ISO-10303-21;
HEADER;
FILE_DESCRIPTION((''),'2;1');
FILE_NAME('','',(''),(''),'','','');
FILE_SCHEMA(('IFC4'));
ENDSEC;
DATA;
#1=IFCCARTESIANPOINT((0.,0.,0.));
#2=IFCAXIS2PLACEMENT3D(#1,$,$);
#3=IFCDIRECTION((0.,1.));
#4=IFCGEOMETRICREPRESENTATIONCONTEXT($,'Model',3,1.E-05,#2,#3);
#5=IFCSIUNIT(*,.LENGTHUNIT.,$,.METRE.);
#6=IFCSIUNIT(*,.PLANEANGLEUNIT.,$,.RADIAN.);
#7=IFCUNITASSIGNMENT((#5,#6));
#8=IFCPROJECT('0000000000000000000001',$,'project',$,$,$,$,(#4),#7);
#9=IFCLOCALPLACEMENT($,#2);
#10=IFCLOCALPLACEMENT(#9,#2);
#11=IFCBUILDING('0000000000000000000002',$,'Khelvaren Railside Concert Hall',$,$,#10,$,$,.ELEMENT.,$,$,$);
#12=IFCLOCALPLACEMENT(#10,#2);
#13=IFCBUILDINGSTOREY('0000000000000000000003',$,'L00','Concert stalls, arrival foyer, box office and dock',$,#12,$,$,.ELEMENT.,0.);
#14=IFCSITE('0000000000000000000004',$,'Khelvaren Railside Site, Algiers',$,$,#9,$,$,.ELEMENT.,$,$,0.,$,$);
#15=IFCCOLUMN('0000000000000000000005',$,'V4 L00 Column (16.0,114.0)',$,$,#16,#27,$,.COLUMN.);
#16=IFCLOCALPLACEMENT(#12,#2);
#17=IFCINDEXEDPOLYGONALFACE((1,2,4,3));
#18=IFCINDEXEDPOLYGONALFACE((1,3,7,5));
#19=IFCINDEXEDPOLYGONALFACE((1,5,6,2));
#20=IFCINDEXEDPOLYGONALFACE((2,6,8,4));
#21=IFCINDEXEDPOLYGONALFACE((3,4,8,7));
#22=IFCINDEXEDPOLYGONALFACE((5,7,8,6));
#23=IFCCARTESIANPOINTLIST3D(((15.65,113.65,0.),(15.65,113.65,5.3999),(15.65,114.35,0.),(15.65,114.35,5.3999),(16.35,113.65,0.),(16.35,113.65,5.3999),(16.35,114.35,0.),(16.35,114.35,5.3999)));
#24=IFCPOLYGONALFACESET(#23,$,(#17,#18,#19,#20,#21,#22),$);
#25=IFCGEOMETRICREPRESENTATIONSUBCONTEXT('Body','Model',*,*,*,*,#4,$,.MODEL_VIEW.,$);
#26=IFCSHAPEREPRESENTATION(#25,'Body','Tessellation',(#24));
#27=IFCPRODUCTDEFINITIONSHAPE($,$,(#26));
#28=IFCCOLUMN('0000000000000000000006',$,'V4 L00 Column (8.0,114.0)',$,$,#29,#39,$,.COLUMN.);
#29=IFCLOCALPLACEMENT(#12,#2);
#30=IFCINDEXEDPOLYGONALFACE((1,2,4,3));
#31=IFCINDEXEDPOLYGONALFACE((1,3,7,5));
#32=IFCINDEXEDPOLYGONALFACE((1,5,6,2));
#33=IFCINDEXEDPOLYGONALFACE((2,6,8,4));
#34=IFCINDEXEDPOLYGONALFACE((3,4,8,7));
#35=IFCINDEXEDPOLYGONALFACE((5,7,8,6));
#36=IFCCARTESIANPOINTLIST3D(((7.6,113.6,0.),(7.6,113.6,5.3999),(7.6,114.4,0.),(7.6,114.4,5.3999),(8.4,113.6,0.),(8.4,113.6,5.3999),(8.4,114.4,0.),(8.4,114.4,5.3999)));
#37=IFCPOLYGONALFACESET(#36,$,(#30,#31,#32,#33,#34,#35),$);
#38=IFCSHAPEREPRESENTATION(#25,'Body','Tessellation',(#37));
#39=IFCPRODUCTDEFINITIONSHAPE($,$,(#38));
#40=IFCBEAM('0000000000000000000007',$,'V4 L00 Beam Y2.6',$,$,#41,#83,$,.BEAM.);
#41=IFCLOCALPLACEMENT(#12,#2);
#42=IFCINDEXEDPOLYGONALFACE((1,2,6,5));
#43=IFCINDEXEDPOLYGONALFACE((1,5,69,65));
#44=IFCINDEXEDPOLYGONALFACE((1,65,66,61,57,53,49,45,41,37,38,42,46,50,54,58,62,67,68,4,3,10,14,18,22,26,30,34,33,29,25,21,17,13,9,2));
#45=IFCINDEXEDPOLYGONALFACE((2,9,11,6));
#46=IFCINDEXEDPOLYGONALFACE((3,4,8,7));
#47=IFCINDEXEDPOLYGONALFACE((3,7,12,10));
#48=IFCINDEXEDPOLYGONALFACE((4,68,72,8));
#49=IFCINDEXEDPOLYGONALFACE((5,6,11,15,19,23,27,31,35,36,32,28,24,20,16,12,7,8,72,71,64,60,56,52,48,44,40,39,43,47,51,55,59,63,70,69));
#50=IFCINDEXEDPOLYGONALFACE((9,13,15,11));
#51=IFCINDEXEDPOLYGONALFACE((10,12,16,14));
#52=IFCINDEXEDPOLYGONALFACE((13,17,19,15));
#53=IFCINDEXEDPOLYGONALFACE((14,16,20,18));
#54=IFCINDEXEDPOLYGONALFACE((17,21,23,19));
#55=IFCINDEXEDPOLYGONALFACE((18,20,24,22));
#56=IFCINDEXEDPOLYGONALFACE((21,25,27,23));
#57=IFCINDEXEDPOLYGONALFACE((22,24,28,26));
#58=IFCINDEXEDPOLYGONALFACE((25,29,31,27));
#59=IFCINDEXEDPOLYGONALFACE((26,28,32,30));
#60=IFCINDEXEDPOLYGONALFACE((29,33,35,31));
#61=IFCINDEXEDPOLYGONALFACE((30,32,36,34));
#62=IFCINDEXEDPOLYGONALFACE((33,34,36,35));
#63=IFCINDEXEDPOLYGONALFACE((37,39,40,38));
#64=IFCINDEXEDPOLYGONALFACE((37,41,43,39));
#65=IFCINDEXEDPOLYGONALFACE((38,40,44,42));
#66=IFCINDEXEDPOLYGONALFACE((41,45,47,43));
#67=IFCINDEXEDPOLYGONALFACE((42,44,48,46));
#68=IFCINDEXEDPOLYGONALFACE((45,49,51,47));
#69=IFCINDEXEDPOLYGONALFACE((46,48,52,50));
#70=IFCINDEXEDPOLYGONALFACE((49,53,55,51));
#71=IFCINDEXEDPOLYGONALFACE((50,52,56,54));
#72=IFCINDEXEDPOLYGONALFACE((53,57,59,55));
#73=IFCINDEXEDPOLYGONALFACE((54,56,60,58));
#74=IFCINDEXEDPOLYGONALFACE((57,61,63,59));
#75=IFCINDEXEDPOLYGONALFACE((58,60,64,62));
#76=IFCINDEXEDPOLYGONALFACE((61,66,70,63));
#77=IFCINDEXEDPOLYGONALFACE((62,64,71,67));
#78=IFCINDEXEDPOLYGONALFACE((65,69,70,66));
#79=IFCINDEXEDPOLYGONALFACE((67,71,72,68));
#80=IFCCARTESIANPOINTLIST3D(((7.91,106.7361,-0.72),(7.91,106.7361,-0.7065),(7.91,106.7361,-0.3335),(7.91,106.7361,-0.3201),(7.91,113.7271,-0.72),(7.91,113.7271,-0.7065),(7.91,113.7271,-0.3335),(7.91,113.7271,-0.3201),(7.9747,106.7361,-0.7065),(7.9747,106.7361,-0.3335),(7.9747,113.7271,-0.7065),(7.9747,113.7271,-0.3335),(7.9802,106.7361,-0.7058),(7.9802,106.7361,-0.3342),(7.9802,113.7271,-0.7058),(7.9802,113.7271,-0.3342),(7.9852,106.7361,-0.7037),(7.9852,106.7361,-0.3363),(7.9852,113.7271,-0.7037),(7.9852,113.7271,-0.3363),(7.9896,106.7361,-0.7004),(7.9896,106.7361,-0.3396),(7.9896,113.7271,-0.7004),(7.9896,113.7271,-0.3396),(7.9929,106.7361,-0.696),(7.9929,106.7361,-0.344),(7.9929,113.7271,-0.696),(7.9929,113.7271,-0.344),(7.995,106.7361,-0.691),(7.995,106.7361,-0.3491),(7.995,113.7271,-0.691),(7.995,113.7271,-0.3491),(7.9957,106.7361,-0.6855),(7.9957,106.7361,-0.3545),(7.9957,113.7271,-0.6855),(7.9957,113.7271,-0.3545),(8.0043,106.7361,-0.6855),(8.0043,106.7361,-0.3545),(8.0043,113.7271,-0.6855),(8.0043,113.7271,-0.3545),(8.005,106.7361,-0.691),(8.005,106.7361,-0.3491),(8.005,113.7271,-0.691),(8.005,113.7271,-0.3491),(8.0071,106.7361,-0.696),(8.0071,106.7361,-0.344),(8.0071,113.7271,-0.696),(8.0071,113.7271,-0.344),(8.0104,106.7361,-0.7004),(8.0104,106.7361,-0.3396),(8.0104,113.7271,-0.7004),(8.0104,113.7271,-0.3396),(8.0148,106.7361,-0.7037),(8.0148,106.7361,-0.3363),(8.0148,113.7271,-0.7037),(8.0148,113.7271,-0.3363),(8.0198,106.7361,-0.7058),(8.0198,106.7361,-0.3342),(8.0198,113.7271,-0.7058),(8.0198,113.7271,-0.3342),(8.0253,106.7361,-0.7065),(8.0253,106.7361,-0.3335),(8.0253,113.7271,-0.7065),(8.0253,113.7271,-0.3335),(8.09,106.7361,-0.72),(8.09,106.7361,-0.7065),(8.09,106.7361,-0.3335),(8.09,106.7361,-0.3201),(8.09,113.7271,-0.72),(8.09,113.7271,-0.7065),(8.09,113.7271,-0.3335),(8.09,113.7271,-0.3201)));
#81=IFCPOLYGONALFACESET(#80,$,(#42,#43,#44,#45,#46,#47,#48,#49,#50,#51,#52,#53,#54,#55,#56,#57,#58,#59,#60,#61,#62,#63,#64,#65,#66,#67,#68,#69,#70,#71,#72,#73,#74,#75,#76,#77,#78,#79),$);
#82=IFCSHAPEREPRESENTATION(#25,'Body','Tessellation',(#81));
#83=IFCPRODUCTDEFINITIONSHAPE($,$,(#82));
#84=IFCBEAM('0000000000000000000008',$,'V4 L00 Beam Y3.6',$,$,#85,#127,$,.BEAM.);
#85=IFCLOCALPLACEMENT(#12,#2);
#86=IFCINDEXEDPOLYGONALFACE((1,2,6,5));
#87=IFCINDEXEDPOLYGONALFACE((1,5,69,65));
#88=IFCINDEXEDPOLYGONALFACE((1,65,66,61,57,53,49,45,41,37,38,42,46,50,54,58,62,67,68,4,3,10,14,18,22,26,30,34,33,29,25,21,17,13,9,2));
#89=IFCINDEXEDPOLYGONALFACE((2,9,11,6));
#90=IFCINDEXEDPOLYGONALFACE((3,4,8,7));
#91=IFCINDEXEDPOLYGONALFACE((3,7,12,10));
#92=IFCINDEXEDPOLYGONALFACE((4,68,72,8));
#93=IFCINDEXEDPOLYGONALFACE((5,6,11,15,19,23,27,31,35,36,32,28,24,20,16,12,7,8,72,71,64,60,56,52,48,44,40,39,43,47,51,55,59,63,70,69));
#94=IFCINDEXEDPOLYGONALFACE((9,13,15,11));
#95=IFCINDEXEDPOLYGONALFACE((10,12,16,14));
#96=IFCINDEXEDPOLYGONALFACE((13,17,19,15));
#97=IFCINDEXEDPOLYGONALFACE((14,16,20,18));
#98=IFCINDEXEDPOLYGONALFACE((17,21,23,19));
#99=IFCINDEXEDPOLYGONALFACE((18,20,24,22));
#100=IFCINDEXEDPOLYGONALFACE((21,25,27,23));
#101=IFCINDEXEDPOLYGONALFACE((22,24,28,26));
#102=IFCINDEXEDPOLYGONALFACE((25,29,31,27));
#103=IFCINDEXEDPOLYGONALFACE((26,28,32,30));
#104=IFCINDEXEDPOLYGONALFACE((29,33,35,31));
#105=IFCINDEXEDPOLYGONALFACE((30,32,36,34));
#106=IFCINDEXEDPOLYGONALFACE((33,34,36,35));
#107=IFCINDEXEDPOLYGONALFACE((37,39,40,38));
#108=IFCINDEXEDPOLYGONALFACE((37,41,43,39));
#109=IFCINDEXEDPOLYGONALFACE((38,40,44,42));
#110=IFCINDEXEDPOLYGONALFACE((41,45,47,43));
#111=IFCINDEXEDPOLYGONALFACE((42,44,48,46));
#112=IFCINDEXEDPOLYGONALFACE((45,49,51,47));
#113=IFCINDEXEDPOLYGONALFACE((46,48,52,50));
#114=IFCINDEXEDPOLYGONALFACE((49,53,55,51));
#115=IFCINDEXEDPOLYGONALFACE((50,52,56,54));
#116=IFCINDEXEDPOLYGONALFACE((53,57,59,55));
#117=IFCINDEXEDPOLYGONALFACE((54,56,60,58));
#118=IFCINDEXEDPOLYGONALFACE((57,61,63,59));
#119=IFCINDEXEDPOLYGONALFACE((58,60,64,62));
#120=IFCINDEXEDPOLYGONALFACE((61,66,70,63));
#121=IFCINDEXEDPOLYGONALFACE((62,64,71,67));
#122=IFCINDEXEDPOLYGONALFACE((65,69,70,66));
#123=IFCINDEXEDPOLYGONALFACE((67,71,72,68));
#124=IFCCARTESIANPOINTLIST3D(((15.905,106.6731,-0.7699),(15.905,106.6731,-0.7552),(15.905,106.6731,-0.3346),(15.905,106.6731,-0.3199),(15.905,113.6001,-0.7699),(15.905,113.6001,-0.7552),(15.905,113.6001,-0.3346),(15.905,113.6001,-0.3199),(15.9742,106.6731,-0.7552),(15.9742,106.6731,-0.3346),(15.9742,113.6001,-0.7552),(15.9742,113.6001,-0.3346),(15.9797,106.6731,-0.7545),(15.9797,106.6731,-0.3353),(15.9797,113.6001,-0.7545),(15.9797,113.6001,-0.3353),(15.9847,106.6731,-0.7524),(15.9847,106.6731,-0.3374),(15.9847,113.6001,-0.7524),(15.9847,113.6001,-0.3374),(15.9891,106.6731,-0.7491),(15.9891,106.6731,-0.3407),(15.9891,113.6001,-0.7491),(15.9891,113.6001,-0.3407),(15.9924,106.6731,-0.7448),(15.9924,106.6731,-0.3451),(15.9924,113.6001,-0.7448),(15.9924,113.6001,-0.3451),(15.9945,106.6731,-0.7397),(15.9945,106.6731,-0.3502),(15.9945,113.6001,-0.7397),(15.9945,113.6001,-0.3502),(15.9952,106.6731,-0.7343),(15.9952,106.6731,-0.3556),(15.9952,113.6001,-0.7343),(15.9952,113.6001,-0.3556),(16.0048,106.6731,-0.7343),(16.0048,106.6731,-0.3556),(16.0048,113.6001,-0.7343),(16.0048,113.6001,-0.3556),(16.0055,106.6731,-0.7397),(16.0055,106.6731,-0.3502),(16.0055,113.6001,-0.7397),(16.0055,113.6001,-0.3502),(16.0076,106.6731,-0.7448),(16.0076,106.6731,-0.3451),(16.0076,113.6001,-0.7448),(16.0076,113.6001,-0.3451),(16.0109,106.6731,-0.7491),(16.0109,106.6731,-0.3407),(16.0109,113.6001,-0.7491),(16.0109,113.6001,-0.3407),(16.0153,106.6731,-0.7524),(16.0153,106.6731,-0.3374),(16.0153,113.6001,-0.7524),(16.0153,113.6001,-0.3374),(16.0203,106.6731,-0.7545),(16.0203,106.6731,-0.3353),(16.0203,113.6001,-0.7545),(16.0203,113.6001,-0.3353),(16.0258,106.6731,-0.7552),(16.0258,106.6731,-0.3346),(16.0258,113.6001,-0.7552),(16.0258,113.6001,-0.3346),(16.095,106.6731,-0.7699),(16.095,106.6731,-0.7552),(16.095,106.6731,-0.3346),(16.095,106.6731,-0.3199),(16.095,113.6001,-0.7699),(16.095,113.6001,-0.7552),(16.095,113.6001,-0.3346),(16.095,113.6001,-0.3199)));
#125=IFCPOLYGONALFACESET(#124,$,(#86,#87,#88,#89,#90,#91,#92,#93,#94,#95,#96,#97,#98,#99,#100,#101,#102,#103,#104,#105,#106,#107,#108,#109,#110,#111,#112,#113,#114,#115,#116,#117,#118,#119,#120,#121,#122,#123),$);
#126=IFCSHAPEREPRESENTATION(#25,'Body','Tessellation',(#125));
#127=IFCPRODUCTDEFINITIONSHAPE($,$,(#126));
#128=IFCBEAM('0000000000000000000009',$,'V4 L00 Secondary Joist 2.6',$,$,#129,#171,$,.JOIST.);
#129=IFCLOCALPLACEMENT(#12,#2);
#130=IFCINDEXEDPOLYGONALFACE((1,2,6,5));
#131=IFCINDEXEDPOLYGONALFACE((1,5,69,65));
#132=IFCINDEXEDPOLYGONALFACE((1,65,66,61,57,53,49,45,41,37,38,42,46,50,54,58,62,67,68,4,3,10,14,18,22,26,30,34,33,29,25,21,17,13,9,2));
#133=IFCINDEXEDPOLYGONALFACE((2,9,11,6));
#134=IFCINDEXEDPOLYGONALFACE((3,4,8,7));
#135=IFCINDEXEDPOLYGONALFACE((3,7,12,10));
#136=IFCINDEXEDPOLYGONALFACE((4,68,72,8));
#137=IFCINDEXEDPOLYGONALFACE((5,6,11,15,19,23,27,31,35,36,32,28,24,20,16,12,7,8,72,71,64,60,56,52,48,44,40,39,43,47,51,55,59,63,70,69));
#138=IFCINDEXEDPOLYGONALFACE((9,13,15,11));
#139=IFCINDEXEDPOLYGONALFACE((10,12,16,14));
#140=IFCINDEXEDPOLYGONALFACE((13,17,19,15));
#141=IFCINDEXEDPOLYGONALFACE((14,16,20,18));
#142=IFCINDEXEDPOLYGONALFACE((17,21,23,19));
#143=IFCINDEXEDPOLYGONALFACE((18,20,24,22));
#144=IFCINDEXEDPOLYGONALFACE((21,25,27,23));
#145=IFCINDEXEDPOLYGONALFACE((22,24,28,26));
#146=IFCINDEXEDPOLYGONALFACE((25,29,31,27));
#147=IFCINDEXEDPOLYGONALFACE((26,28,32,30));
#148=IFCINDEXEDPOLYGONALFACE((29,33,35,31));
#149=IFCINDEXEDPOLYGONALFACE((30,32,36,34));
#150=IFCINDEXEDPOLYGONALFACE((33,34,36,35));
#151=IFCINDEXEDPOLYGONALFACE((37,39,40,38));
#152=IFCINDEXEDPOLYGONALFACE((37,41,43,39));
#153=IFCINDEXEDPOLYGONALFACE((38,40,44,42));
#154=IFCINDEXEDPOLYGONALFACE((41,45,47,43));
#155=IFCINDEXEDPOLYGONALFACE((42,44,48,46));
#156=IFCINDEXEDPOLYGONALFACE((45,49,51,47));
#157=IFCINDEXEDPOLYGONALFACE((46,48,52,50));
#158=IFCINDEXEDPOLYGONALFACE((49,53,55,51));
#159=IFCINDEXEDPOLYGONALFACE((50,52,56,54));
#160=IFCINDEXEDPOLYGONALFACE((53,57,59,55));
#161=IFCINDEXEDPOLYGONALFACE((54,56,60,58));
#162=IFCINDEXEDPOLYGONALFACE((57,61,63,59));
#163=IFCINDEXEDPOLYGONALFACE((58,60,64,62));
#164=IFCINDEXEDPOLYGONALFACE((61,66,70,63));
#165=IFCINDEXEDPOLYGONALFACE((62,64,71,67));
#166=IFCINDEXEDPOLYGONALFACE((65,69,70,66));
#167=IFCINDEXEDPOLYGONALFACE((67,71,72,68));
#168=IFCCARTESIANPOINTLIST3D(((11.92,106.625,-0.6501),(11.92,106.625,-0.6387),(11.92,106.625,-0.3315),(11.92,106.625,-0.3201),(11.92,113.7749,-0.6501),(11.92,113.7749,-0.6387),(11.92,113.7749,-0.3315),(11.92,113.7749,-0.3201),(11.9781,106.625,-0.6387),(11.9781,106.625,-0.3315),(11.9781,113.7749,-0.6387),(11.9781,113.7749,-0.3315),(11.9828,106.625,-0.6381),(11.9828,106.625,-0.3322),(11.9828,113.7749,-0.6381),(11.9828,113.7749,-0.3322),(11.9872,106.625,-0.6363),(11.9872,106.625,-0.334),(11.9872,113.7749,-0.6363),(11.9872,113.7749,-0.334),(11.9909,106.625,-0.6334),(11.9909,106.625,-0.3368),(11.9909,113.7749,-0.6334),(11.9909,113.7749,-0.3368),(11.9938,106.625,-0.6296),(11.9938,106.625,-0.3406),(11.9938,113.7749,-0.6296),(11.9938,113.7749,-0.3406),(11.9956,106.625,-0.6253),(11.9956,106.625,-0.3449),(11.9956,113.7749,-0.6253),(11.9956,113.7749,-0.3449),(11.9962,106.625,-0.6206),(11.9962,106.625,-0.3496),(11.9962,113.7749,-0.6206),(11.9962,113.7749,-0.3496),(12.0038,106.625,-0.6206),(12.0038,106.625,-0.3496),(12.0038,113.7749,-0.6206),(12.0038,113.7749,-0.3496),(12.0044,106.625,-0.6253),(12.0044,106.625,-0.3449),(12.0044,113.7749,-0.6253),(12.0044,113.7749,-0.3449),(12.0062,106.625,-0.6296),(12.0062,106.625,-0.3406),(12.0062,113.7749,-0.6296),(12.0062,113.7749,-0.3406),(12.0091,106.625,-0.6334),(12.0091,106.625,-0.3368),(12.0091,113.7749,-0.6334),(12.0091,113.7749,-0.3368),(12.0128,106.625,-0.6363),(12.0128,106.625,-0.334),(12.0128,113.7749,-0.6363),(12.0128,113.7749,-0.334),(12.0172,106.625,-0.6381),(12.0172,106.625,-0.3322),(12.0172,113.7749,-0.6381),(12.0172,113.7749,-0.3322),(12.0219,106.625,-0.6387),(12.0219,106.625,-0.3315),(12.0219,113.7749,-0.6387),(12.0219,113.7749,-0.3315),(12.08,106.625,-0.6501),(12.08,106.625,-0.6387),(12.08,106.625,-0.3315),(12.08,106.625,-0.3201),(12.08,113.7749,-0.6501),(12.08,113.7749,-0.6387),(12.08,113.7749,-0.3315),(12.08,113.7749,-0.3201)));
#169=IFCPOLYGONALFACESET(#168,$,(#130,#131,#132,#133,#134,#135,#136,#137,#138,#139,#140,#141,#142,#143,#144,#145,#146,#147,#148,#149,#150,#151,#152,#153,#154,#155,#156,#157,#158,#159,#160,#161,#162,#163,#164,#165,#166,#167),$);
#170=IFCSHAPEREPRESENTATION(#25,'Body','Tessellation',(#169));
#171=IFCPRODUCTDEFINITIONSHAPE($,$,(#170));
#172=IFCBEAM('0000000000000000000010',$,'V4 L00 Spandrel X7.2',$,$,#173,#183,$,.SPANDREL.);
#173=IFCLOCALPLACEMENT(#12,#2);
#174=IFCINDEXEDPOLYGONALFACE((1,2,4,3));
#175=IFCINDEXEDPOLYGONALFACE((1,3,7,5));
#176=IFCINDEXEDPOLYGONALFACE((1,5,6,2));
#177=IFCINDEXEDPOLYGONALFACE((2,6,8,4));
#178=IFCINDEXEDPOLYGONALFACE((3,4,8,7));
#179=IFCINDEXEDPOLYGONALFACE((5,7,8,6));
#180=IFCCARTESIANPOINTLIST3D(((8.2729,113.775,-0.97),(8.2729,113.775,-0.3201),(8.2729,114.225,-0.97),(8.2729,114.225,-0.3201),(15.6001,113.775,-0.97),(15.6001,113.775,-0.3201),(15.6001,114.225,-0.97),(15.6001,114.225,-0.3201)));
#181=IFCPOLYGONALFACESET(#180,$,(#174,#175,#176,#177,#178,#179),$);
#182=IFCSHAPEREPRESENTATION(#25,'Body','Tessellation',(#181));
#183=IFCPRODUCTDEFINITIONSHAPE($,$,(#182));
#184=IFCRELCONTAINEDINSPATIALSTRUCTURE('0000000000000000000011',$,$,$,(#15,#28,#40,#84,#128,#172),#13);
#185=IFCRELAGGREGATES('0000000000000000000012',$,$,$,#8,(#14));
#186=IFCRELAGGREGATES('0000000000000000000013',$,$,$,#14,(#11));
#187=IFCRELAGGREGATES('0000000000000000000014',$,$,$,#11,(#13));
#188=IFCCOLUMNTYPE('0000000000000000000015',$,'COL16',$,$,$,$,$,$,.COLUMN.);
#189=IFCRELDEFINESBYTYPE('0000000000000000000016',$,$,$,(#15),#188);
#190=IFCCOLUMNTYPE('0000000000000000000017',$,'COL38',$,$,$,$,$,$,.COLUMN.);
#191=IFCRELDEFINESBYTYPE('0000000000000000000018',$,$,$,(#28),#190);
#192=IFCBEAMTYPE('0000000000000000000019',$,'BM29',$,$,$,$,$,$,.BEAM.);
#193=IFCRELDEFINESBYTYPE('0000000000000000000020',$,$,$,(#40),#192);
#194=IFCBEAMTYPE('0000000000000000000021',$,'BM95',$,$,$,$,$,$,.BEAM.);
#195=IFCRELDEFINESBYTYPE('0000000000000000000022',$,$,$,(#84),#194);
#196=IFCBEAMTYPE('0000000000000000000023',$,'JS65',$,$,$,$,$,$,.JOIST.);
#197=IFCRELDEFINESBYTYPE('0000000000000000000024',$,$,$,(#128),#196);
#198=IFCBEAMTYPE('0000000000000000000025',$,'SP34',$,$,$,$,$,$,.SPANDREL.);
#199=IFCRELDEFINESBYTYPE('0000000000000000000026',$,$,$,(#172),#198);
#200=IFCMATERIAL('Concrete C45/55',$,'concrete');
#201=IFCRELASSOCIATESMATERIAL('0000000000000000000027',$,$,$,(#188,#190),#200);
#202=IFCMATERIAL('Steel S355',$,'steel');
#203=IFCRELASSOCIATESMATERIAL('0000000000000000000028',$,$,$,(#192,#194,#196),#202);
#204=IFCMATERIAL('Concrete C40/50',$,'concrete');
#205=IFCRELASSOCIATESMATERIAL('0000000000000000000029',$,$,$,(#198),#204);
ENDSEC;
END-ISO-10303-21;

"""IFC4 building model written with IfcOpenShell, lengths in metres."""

from ifc_helpers import new_model, si_unit, direction, frame, origin, origin_2d, place, context, subcontext, project, spatial, rectangle, i_section, extrude, material, material_profile, profile_set, type_object, element, save


model = new_model("IFC4")

# Units and contexts
model_context = context("Model", 3, precision=1e-05, world=origin(), true_north=direction((0.0, 1.0)))
body_context = subcontext(model_context, "Body", "Model", "MODEL_VIEW")
ifc_project = project(units=[si_unit("LENGTHUNIT", "METRE"), si_unit("PLANEANGLEUNIT", "RADIAN")], contexts=[model_context])

# Site, building, storey
site_placement = place(None, origin())
site = spatial("IfcSite", under=ifc_project, at=site_placement, Name="Khelvaren Railside Site, Algiers", CompositionType="ELEMENT", RefElevation=0.0)
building_placement = place(site_placement, origin())
building = spatial("IfcBuilding", under=site, at=building_placement, Name="Khelvaren Railside Concert Hall", CompositionType="ELEMENT")
storey_placement = place(building_placement, origin())
storey = spatial("IfcBuildingStorey", under=building, at=storey_placement, Name="L00", Description="Concert stalls, arrival foyer, box office and dock", CompositionType="ELEMENT", Elevation=0.0)

# Columns
ifc_material_1 = material(Name="Concrete C45/55", Category="concrete")
ifc_material_profile_1 = material_profile(ifc_material_1, rectangle(XDim=0.7, YDim=0.7, at=origin_2d()), Name="RC 700x700")
ifc_profile_set_1 = profile_set([ifc_material_profile_1], Name="Concrete C45/55")
column_type_1 = type_object("IfcColumnType", Name="COL16", PredefinedType="COLUMN", material=ifc_profile_set_1)
column_1_placement = place(storey_placement, frame((16.0, 114.0, 0.0), z_axis=(0.0, 0.0, 1.0), x_axis=(1.0, 0.0, 0.0)))
element("IfcColumn", 1, at=column_1_placement, inside=storey, type_object=column_type_1, Name="V4 L00 Column (16.0,114.0)", PredefinedType="COLUMN", context=body_context, shape_type="SweptSolid", body=[
    extrude(rectangle(XDim=0.7, YDim=0.7, at=origin_2d()), origin(), (0.0, 0.0, 1.0), 5.3999),
])
ifc_material_profile_2 = material_profile(ifc_material_1, rectangle(XDim=0.8, YDim=0.8, at=origin_2d()), Name="RC 800x800")
ifc_profile_set_2 = profile_set([ifc_material_profile_2], Name="Concrete C45/55")
column_type_2 = type_object("IfcColumnType", Name="COL38", PredefinedType="COLUMN", material=ifc_profile_set_2)
column_2_placement = place(storey_placement, frame((8.0, 114.0, 0.0), z_axis=(0.0, 0.0, 1.0), x_axis=(1.0, 0.0, 0.0)))
element("IfcColumn", 2, at=column_2_placement, inside=storey, type_object=column_type_2, Name="V4 L00 Column (8.0,114.0)", PredefinedType="COLUMN", context=body_context, shape_type="SweptSolid", body=[
    extrude(rectangle(XDim=0.8, YDim=0.8, at=origin_2d()), origin(), (0.0, 0.0, 1.0), 5.3999),
])

# Beams
ifc_material_2 = material(Name="Steel S355", Category="steel")
ifc_material_profile_3 = material_profile(ifc_material_2, i_section(OverallWidth=0.1799, OverallDepth=0.3999, WebThickness=0.0085, FlangeThickness=0.0134, FilletRadius=0.021, at=origin_2d()), Name="IPE 400")
ifc_profile_set_3 = profile_set([ifc_material_profile_3], Name="Steel S355")
beam_type_1 = type_object("IfcBeamType", Name="BM29", PredefinedType="BEAM", material=ifc_profile_set_3)
beam_1_placement = place(storey_placement, frame((8.0, 106.7361, -0.52), z_axis=(0.0, 1.0, 0.0), x_axis=(-1.0, 0.0, 0.0)))
element("IfcBeam", 3, at=beam_1_placement, inside=storey, type_object=beam_type_1, Name="V4 L00 Beam Y2.6", PredefinedType="BEAM", context=body_context, shape_type="SweptSolid", body=[
    extrude(i_section(OverallWidth=0.1799, OverallDepth=0.3999, WebThickness=0.0085, FlangeThickness=0.0134, FilletRadius=0.021, at=origin_2d()), origin(), (0.0, 0.0, 1.0), 6.991),
])
ifc_material_profile_4 = material_profile(ifc_material_2, i_section(OverallWidth=0.1899, OverallDepth=0.45, WebThickness=0.0095, FlangeThickness=0.0146, FilletRadius=0.021, at=origin_2d()), Name="IPE 450")
ifc_profile_set_4 = profile_set([ifc_material_profile_4], Name="Steel S355")
beam_type_2 = type_object("IfcBeamType", Name="BM95", PredefinedType="BEAM", material=ifc_profile_set_4)
beam_2_placement = place(storey_placement, frame((16.0, 106.6731, -0.5449), z_axis=(0.0, 1.0, 0.0), x_axis=(-1.0, 0.0, 0.0)))
element("IfcBeam", 4, at=beam_2_placement, inside=storey, type_object=beam_type_2, Name="V4 L00 Beam Y3.6", PredefinedType="BEAM", context=body_context, shape_type="SweptSolid", body=[
    extrude(i_section(OverallWidth=0.1899, OverallDepth=0.45, WebThickness=0.0095, FlangeThickness=0.0146, FilletRadius=0.021, at=origin_2d()), origin(), (0.0, 0.0, 1.0), 6.927),
])
ifc_material_profile_5 = material_profile(ifc_material_2, i_section(OverallWidth=0.1599, OverallDepth=0.3301, WebThickness=0.0076, FlangeThickness=0.0115, FilletRadius=0.0181, at=origin_2d()), Name="IPE 330")
ifc_profile_set_5 = profile_set([ifc_material_profile_5], Name="Steel S355")
beam_type_3 = type_object("IfcBeamType", Name="JS65", PredefinedType="JOIST", material=ifc_profile_set_5)
beam_3_placement = place(storey_placement, frame((12.0, 106.625, -0.4851), z_axis=(0.0, 1.0, 0.0), x_axis=(-1.0, 0.0, 0.0)))
element("IfcBeam", 5, at=beam_3_placement, inside=storey, type_object=beam_type_3, Name="V4 L00 Secondary Joist 2.6", PredefinedType="JOIST", context=body_context, shape_type="SweptSolid", body=[
    extrude(i_section(OverallWidth=0.1599, OverallDepth=0.3301, WebThickness=0.0076, FlangeThickness=0.0115, FilletRadius=0.0181, at=origin_2d()), origin(), (0.0, 0.0, 1.0), 7.1499),
])
ifc_material_3 = material(Name="Concrete C40/50", Category="concrete")
ifc_material_profile_6 = material_profile(ifc_material_3, rectangle(XDim=0.45, YDim=0.6499, at=origin_2d()), Name="RCB 450x650")
ifc_profile_set_6 = profile_set([ifc_material_profile_6], Name="Concrete C40/50")
beam_type_4 = type_object("IfcBeamType", Name="SP34", PredefinedType="SPANDREL", material=ifc_profile_set_6)
beam_4_placement = place(storey_placement, frame((8.2729, 114.0, -0.645), z_axis=(1.0, 0.0, 0.0), x_axis=(0.0, 1.0, 0.0)))
element("IfcBeam", 6, at=beam_4_placement, inside=storey, type_object=beam_type_4, Name="V4 L00 Spandrel X7.2", PredefinedType="SPANDREL", context=body_context, shape_type="SweptSolid", body=[
    extrude(rectangle(XDim=0.45, YDim=0.6499, at=origin_2d()), origin(), (0.0, 0.0, 1.0), 7.3271),
])

save(model, "model.ifc")
